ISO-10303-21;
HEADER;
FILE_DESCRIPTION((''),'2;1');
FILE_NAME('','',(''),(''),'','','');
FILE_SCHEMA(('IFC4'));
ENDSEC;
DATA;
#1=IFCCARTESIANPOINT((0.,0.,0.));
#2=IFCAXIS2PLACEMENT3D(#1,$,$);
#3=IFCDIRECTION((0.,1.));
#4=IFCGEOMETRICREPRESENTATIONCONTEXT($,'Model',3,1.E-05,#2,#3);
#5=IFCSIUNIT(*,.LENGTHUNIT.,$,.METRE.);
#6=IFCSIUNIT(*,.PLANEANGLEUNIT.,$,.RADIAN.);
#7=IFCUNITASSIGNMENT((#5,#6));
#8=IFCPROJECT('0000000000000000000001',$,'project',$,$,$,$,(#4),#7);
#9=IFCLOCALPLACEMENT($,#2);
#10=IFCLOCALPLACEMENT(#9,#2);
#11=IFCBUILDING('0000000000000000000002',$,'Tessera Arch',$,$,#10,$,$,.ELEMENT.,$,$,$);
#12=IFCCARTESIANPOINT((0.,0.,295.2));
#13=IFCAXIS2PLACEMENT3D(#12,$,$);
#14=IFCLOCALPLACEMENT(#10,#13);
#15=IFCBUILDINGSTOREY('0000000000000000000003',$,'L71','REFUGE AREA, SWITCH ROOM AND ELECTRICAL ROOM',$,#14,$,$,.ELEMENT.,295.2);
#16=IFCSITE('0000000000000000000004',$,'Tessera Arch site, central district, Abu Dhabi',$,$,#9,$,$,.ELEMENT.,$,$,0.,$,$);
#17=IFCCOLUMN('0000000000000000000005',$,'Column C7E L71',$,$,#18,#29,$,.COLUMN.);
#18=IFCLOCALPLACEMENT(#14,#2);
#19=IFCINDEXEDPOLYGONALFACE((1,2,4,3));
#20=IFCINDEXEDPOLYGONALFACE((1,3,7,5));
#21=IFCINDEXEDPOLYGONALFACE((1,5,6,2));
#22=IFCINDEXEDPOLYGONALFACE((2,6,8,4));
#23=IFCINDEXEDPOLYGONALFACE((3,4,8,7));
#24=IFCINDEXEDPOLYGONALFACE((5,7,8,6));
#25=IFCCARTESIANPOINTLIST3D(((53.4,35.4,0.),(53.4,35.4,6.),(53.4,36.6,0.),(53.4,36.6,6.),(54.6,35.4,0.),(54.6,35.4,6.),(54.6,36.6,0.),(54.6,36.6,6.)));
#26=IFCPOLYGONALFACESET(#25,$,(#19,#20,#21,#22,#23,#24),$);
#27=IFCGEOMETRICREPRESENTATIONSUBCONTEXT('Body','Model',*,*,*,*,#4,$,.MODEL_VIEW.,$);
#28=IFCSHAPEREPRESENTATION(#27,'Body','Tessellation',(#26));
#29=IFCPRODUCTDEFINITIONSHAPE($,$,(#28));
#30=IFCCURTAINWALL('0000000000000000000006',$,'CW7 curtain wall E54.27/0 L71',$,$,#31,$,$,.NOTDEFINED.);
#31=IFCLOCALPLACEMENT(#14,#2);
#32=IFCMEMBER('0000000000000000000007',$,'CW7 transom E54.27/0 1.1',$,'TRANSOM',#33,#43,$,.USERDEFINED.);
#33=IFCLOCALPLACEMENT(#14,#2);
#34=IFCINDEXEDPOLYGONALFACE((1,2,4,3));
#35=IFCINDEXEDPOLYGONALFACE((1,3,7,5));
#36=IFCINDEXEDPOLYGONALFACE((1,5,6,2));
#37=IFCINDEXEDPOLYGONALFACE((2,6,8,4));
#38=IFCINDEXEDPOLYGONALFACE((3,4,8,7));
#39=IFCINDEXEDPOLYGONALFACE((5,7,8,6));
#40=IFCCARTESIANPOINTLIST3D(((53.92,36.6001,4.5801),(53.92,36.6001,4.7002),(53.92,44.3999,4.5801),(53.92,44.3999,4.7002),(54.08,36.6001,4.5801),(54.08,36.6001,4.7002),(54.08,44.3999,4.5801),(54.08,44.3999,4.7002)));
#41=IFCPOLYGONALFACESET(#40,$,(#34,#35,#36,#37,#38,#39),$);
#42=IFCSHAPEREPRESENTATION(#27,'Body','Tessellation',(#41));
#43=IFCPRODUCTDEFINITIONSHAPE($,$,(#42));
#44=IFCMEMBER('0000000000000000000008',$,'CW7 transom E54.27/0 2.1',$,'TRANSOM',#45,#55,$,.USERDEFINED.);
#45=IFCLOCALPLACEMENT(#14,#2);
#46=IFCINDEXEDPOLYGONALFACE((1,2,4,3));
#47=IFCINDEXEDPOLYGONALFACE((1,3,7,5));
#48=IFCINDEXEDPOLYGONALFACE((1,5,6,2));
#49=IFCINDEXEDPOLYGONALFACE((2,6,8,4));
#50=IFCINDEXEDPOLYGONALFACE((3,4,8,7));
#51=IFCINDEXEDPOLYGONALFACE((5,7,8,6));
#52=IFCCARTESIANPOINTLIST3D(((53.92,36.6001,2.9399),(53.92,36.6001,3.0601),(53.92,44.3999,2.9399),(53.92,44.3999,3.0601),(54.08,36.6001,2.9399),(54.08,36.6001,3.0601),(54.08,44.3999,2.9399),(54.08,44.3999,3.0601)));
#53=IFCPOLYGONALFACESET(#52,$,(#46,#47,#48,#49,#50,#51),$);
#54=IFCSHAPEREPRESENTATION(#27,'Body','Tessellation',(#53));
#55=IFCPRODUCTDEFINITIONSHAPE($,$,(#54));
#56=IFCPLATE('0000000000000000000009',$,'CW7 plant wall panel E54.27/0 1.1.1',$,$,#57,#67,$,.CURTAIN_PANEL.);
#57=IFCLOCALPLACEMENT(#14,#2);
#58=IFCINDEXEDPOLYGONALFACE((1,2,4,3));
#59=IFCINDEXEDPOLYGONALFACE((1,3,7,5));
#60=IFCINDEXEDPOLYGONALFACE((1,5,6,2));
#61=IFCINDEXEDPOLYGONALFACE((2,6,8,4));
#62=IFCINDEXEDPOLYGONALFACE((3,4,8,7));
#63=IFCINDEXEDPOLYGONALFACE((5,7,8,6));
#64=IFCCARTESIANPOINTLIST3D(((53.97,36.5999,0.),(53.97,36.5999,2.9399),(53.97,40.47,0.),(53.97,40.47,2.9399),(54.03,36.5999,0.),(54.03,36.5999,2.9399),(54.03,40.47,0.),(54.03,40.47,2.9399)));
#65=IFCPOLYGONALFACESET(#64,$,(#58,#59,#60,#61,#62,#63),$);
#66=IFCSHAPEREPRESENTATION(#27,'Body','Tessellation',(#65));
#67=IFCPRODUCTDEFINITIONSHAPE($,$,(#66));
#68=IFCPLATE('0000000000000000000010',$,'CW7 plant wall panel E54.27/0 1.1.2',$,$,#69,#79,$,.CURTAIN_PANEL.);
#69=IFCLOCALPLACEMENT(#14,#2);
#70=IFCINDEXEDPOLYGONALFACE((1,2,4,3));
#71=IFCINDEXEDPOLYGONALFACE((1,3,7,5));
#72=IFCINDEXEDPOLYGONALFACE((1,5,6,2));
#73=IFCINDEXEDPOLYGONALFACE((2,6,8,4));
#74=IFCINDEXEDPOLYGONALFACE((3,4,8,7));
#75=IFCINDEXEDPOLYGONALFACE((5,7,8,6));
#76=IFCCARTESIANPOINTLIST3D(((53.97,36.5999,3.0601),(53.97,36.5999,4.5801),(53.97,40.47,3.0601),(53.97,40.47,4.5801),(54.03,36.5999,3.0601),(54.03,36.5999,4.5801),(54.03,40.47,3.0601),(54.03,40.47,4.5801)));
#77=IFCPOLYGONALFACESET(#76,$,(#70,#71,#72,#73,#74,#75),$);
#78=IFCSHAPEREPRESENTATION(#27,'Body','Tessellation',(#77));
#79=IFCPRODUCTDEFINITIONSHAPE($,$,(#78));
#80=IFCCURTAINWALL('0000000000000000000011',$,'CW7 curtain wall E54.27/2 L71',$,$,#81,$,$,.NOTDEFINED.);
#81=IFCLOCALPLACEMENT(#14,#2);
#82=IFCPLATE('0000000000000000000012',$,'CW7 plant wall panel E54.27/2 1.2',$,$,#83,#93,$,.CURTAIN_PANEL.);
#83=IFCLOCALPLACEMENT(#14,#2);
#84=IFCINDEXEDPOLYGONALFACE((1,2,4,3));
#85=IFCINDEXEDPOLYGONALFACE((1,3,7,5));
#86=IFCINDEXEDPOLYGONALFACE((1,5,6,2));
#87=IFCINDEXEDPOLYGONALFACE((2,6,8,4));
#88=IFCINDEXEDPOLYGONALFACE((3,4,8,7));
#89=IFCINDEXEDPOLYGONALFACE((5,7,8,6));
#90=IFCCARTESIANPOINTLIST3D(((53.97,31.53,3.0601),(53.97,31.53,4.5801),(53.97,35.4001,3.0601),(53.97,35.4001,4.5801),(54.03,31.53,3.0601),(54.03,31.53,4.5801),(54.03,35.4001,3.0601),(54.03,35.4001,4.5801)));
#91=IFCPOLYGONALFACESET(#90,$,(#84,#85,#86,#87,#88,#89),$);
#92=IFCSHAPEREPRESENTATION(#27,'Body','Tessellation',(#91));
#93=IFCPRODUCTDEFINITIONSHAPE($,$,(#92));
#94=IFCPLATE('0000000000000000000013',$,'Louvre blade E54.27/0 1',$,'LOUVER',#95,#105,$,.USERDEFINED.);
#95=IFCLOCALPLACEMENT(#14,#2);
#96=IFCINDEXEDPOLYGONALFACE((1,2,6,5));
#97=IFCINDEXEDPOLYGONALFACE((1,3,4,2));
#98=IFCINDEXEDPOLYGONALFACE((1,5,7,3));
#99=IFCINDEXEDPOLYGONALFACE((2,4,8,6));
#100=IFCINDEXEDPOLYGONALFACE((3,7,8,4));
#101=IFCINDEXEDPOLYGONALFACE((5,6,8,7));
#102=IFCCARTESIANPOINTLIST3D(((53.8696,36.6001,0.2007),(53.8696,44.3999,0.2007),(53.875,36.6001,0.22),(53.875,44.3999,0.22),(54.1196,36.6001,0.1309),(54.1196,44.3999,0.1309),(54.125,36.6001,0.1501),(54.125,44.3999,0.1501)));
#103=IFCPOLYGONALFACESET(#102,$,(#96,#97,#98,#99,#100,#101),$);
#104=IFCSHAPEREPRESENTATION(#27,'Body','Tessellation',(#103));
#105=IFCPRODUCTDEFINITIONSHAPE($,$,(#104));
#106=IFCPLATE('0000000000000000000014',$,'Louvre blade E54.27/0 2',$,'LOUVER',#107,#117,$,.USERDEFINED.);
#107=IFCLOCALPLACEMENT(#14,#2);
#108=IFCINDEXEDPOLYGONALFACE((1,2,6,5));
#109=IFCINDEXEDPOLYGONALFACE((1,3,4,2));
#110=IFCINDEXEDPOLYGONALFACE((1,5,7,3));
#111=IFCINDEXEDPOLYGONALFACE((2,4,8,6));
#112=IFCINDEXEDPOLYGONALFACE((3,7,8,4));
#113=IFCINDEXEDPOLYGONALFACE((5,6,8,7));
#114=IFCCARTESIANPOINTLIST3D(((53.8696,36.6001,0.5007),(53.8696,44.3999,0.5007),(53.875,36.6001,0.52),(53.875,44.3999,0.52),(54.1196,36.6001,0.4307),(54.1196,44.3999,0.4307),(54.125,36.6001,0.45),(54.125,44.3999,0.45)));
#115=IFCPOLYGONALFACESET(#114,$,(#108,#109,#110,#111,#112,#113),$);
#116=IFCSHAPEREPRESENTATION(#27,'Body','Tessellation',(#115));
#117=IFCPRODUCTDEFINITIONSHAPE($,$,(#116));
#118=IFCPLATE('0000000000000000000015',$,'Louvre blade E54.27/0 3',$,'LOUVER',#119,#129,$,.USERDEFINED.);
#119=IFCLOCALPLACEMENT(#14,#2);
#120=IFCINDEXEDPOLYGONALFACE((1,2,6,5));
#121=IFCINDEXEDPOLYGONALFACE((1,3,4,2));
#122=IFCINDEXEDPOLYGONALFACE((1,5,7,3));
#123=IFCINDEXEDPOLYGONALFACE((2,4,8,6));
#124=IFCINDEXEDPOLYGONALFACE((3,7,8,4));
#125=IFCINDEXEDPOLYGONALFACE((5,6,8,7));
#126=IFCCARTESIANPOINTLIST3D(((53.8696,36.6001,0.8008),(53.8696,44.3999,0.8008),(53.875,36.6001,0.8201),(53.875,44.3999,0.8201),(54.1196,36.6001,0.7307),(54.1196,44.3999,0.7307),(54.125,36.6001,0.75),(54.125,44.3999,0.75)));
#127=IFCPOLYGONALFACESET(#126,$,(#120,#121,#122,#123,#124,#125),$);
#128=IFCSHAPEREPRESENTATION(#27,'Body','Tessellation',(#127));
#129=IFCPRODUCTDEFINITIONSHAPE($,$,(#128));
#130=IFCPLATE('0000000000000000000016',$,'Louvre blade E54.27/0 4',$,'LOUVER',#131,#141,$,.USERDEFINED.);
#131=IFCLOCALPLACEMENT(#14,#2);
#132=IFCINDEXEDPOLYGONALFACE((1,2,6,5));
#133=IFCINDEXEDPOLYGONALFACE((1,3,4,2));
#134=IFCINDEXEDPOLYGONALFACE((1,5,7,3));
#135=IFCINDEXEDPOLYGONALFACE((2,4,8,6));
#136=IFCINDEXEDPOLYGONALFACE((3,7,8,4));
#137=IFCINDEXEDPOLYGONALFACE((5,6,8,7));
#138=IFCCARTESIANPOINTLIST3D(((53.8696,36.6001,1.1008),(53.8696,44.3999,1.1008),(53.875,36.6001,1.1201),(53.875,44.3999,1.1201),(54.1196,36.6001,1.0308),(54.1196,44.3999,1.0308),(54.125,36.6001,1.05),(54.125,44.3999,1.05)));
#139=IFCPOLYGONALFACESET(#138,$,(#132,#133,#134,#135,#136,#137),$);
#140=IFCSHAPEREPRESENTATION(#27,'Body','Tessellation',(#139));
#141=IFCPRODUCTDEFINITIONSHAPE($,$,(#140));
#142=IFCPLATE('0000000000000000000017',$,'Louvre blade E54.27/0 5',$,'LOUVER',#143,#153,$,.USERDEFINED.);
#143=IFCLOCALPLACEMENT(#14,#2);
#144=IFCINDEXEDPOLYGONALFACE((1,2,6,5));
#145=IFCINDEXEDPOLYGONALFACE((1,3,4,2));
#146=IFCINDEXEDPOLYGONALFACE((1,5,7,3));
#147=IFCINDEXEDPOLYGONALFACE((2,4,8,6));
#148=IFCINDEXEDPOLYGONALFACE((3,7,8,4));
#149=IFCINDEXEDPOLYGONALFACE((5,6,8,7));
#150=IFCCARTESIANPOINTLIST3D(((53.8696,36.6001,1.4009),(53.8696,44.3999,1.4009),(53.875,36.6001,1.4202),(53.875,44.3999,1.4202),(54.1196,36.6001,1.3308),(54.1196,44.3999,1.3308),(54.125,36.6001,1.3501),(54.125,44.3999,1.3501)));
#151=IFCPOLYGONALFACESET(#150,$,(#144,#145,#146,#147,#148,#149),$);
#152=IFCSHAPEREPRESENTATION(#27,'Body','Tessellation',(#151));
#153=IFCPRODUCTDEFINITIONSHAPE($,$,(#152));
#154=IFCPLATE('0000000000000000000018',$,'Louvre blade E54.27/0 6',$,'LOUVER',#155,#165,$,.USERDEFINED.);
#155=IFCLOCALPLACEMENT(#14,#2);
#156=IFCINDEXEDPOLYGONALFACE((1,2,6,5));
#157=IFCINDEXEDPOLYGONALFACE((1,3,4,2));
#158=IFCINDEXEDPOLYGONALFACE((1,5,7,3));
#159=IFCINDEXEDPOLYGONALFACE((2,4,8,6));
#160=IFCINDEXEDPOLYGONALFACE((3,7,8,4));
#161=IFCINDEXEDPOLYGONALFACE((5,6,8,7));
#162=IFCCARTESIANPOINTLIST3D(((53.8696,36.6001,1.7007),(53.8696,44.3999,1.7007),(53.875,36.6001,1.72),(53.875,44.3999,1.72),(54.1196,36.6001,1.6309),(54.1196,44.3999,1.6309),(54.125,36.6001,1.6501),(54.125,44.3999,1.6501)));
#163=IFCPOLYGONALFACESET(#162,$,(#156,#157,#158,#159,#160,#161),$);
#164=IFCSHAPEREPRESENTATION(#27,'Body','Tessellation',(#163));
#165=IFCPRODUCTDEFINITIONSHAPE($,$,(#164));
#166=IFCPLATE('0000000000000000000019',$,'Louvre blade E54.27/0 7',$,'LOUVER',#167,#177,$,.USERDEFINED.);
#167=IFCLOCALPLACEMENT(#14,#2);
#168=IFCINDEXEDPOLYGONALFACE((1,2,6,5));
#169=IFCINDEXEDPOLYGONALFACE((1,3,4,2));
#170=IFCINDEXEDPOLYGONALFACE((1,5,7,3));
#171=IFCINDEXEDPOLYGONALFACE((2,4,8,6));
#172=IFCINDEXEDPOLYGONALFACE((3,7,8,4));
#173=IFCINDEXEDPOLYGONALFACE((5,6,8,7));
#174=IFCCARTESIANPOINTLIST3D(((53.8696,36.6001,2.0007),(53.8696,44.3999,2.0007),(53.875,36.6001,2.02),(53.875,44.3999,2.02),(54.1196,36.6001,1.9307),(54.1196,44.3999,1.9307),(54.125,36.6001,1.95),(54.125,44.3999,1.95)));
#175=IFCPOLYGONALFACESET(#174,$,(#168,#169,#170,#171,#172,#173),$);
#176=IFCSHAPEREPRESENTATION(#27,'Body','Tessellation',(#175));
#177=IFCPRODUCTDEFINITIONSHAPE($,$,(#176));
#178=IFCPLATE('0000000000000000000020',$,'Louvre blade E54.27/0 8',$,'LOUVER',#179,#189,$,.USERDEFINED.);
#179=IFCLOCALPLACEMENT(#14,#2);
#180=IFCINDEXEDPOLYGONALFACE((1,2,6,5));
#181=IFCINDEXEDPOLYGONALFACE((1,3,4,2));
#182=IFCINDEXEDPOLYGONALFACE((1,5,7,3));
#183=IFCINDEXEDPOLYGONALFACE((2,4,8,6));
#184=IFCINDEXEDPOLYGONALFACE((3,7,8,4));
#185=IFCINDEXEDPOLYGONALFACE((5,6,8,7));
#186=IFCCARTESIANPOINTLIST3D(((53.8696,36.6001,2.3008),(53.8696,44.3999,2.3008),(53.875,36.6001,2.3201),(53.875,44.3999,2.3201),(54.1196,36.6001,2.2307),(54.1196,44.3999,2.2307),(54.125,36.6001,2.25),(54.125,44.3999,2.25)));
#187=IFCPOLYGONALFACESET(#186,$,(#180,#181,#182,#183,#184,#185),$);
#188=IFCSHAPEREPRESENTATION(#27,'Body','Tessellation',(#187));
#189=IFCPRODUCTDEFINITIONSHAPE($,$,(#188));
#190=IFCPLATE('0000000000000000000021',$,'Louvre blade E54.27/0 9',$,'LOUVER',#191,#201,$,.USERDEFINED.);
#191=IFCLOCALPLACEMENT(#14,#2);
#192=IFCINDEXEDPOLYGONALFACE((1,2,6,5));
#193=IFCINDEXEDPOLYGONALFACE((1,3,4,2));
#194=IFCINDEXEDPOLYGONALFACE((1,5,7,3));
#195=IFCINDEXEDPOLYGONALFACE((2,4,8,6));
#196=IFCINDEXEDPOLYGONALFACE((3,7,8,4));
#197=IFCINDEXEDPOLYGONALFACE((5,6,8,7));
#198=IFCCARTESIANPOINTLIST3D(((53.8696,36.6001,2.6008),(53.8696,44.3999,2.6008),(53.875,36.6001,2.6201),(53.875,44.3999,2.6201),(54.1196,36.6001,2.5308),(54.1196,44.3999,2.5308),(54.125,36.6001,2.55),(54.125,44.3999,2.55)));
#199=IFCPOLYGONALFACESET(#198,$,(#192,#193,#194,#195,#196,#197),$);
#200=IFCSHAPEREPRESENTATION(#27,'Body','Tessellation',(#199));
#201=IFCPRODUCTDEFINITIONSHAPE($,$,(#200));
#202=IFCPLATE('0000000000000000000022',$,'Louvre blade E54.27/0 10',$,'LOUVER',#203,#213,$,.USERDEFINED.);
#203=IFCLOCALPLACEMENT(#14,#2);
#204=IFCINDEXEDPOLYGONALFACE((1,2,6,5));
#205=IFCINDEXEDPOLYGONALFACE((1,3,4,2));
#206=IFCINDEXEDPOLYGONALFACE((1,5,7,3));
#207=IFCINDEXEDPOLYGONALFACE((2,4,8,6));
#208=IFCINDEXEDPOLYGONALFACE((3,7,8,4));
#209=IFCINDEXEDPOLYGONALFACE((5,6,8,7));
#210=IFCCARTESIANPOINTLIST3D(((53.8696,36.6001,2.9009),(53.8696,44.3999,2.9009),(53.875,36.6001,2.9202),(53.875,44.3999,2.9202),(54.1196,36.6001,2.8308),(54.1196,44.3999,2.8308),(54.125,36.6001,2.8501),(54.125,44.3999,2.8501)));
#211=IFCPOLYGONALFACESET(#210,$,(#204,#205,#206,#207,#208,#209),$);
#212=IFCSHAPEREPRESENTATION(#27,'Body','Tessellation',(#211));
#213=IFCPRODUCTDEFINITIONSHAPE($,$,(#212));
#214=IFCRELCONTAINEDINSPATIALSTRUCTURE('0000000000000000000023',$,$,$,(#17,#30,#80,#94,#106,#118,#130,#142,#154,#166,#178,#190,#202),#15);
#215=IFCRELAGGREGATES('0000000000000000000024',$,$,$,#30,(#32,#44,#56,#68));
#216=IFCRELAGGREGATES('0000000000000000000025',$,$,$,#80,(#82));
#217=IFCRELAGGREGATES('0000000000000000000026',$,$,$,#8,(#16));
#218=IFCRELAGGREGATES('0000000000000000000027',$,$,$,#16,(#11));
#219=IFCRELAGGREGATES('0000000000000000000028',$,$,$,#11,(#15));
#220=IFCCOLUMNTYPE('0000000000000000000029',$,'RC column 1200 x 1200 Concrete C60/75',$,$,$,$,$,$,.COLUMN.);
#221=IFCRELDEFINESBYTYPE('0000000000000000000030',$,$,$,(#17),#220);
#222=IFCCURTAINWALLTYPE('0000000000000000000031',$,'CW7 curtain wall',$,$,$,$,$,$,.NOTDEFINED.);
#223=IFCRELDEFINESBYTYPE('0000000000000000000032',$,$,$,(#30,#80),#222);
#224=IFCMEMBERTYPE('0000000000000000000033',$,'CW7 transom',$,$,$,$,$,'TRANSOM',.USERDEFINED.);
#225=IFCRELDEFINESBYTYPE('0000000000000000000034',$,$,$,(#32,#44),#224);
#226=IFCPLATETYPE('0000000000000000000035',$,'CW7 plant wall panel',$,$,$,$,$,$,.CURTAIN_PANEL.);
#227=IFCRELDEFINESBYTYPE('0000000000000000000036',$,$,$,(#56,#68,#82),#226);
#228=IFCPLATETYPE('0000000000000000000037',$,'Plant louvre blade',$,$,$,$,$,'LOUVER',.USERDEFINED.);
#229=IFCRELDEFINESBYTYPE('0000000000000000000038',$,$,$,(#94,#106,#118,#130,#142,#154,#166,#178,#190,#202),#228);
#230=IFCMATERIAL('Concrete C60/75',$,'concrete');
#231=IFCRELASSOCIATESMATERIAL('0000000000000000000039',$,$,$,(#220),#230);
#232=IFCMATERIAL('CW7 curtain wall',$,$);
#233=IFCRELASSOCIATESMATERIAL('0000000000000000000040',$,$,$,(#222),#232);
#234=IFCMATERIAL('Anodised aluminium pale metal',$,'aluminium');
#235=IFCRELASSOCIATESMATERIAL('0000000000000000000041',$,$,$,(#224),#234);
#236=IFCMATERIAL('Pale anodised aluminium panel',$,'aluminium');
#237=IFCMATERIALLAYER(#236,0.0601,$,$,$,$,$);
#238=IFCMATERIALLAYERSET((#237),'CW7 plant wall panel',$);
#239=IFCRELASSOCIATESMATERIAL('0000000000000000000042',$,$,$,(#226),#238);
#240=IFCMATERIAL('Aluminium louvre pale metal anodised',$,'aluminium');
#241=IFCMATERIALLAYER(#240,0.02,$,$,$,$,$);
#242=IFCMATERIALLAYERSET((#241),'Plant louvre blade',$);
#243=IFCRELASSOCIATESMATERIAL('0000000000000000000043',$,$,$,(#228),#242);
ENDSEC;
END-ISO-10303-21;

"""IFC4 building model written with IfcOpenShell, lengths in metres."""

from ifc_helpers import new_model, si_unit, direction, frame, origin, origin_2d, place, context, subcontext, project, spatial, polyline, rectangle, outline, extrude, material, layer, layer_set, material_profile, profile_set, type_object, element, aggregate, save


model = new_model("IFC4")

# Units and contexts
model_context = context("Model", 3, precision=1e-05, world=origin(), true_north=direction((0.0, 1.0)))
body_context = subcontext(model_context, "Body", "Model", "MODEL_VIEW")
ifc_project = project(units=[si_unit("LENGTHUNIT", "METRE"), si_unit("PLANEANGLEUNIT", "RADIAN")], contexts=[model_context])

# Site, building, storey
site_placement = place(None, origin())
site = spatial("IfcSite", under=ifc_project, at=site_placement, Name="Tessera Arch site, central district, Abu Dhabi", CompositionType="ELEMENT", RefElevation=0.0)
building_placement = place(site_placement, origin())
building = spatial("IfcBuilding", under=site, at=building_placement, Name="Tessera Arch", CompositionType="ELEMENT")
storey_placement = place(building_placement, frame((0.0, 0.0, 295.2)))
storey = spatial("IfcBuildingStorey", under=building, at=storey_placement, Name="L71", Description="REFUGE AREA, SWITCH ROOM AND ELECTRICAL ROOM", CompositionType="ELEMENT", Elevation=295.2)

# Column
ifc_material_1 = material(Name="Concrete C60/75", Category="concrete")
ifc_material_profile_1 = material_profile(ifc_material_1, rectangle(XDim=1.2, YDim=1.2, at=origin_2d()), Name="RC column 1200 x 1200 Concrete C60/75")
ifc_profile_set_1 = profile_set([ifc_material_profile_1], Name="Concrete C60/75")
column_type = type_object("IfcColumnType", Name="RC column 1200 x 1200 Concrete C60/75", PredefinedType="COLUMN", material=ifc_profile_set_1)
column_placement = place(storey_placement, frame((54.0, 36.0, 0.0), z_axis=(0.0, 0.0, 1.0), x_axis=(1.0, 0.0, 0.0)))
element("IfcColumn", 1, at=column_placement, inside=storey, type_object=column_type, Name="Column C7E L71", PredefinedType="COLUMN", context=body_context, shape_type="SweptSolid", body=[
    extrude(rectangle(XDim=1.2, YDim=1.2, at=origin_2d()), origin(), (0.0, 0.0, 1.0), 6.0),
])

# Curtain wall, members, plates
ifc_material_2 = material(Name="CW7 curtain wall")
curtain_wall_type = type_object("IfcCurtainWallType", Name="CW7 curtain wall", PredefinedType="NOTDEFINED", material=ifc_material_2)
curtain_wall_1_placement = place(storey_placement, origin())
curtain_wall_1 = element("IfcCurtainWall", 2, at=curtain_wall_1_placement, inside=storey, type_object=curtain_wall_type, Name="CW7 curtain wall E54.27/0 L71", PredefinedType="NOTDEFINED")
ifc_material_3 = material(Name="Anodised aluminium pale metal", Category="aluminium")
ifc_material_profile_2 = material_profile(ifc_material_3, rectangle(XDim=0.1599, YDim=0.1201, at=origin_2d()), Name="AL 160x120")
ifc_profile_set_2 = profile_set([ifc_material_profile_2], Name="Anodised aluminium pale metal")
member_type = type_object("IfcMemberType", Name="CW7 transom", ElementType="TRANSOM", PredefinedType="USERDEFINED", material=ifc_profile_set_2)
member_1_placement = place(storey_placement, frame((54.0, 36.6001, 4.6401), z_axis=(0.0, 1.0, 0.0), x_axis=(-1.0, 0.0, 0.0)))
member_1 = element("IfcMember", 3, at=member_1_placement, type_object=member_type, Name="CW7 transom E54.27/0 1.1", ObjectType="TRANSOM", PredefinedType="USERDEFINED", context=body_context, shape_type="SweptSolid", body=[
    extrude(rectangle(XDim=0.1599, YDim=0.1201, at=origin_2d()), origin(), (0.0, 0.0, 1.0), 7.7998),
])
member_2_placement = place(storey_placement, frame((54.0, 36.6001, 3.0), z_axis=(0.0, 1.0, 0.0), x_axis=(-1.0, 0.0, 0.0)))
member_2 = element("IfcMember", 4, at=member_2_placement, type_object=member_type, Name="CW7 transom E54.27/0 2.1", ObjectType="TRANSOM", PredefinedType="USERDEFINED", context=body_context, shape_type="SweptSolid", body=[
    extrude(rectangle(XDim=0.1599, YDim=0.1201, at=origin_2d()), origin(), (0.0, 0.0, 1.0), 7.7998),
])
ifc_material_4 = material(Name="Pale anodised aluminium panel", Category="aluminium")
ifc_layer_1 = layer(ifc_material_4, 0.0601)
ifc_layer_set_1 = layer_set([ifc_layer_1], Name="CW7 plant wall panel")
plate_type_1 = type_object("IfcPlateType", Name="CW7 plant wall panel", PredefinedType="CURTAIN_PANEL", material=ifc_layer_set_1)
plate_1_placement = place(storey_placement, frame((54.0, 38.5349, 0.0), z_axis=(0.0, 0.0, 1.0), x_axis=(0.0, 1.0, 0.0)))
plate_1 = element("IfcPlate", 5, at=plate_1_placement, type_object=plate_type_1, Name="CW7 plant wall panel E54.27/0 1.1.1", PredefinedType="CURTAIN_PANEL", context=body_context, shape_type="SweptSolid", body=[
    extrude(rectangle(XDim=3.8701, YDim=0.0601, at=origin_2d()), origin(), (0.0, 0.0, 1.0), 2.9399),
])
plate_2_placement = place(storey_placement, frame((54.0, 38.5349, 3.0601), z_axis=(0.0, 0.0, 1.0), x_axis=(0.0, 1.0, 0.0)))
plate_2 = element("IfcPlate", 6, at=plate_2_placement, type_object=plate_type_1, Name="CW7 plant wall panel E54.27/0 1.1.2", PredefinedType="CURTAIN_PANEL", context=body_context, shape_type="SweptSolid", body=[
    extrude(rectangle(XDim=3.8701, YDim=0.0601, at=origin_2d()), origin(), (0.0, 0.0, 1.0), 1.52),
])
aggregate(curtain_wall_1, [member_1, member_2, plate_1, plate_2])

# Curtain wall, plate
curtain_wall_2_placement = place(storey_placement, origin())
curtain_wall_2 = element("IfcCurtainWall", 7, at=curtain_wall_2_placement, inside=storey, type_object=curtain_wall_type, Name="CW7 curtain wall E54.27/2 L71", PredefinedType="NOTDEFINED")
plate_3_placement = place(storey_placement, frame((54.0, 33.4651, 3.0601), z_axis=(0.0, 0.0, 1.0), x_axis=(0.0, 1.0, 0.0)))
plate_3 = element("IfcPlate", 8, at=plate_3_placement, type_object=plate_type_1, Name="CW7 plant wall panel E54.27/2 1.2", PredefinedType="CURTAIN_PANEL", context=body_context, shape_type="SweptSolid", body=[
    extrude(rectangle(XDim=3.8701, YDim=0.0601, at=origin_2d()), origin(), (0.0, 0.0, 1.0), 1.52),
])
aggregate(curtain_wall_2, [plate_3])

# Plates
ifc_material_5 = material(Name="Aluminium louvre pale metal anodised", Category="aluminium")
ifc_layer_2 = layer(ifc_material_5, 0.02)
ifc_layer_set_2 = layer_set([ifc_layer_2], Name="Plant louvre blade")
plate_type_2 = type_object("IfcPlateType", Name="Plant louvre blade", ElementType="LOUVER", PredefinedType="USERDEFINED", material=ifc_layer_set_2)
plate_4_placement = place(storey_placement, frame((54.125, 36.6001, 0.1501), z_axis=(0.269002, 0.0, 0.96314), x_axis=(0.0, 1.0, 0.0)))
element("IfcPlate", 9, at=plate_4_placement, inside=storey, type_object=plate_type_2, Name="Louvre blade E54.27/0 1", ObjectType="LOUVER", PredefinedType="USERDEFINED", context=body_context, shape_type="SweptSolid", body=[
    extrude(outline(polyline([(0.0, 0.0), (7.7998, 0.0), (7.7998, 0.2596), (0.0, 0.2596), (0.0, 0.0)])), origin(), (0.0, 0.0, -1.0), 0.02),
])
for number, where, z_axis, x_axis, name in (
    (10, (54.125, 36.6001, 0.45), (0.269874, 0.0, 0.962896), (0.0, 1.0, 0.0), "Louvre blade E54.27/0 2"),
    (11, (54.125, 36.6001, 0.75), (0.269874, 0.0, 0.962896), (0.0, 1.0, 0.0), "Louvre blade E54.27/0 3"),
    (12, (54.125, 36.6001, 1.05), (0.269874, 0.0, 0.962896), (0.0, 1.0, 0.0), "Louvre blade E54.27/0 4"),
    (13, (54.125, 36.6001, 1.3501), (0.269874, 0.0, 0.962896), (0.0, 1.0, 0.0), "Louvre blade E54.27/0 5"),
):
    element("IfcPlate", number, at=place(storey_placement, frame(where, z_axis=z_axis, x_axis=x_axis)), inside=storey, type_object=plate_type_2, Name=name, ObjectType="LOUVER", PredefinedType="USERDEFINED", context=body_context, shape_type="SweptSolid", body=[
        extrude(outline(polyline([(0.0, 0.0), (7.7998, 0.0), (7.7998, 0.2596), (0.0, 0.2596), (0.0, 0.0)])), origin(), (0.0, 0.0, -1.0), 0.02),
    ])
plate_5_placement = place(storey_placement, frame((54.125, 36.6001, 1.6501), z_axis=(0.269002, 0.0, 0.96314), x_axis=(0.0, 1.0, 0.0)))
element("IfcPlate", 14, at=plate_5_placement, inside=storey, type_object=plate_type_2, Name="Louvre blade E54.27/0 6", ObjectType="LOUVER", PredefinedType="USERDEFINED", context=body_context, shape_type="SweptSolid", body=[
    extrude(outline(polyline([(0.0, 0.0), (7.7998, 0.0), (7.7998, 0.2596), (0.0, 0.2596), (0.0, 0.0)])), origin(), (0.0, 0.0, -1.0), 0.02),
])
for number, where, z_axis, x_axis, name in (
    (15, (54.125, 36.6001, 1.95), (0.269874, 0.0, 0.962896), (0.0, 1.0, 0.0), "Louvre blade E54.27/0 7"),
    (16, (54.125, 36.6001, 2.25), (0.269874, 0.0, 0.962896), (0.0, 1.0, 0.0), "Louvre blade E54.27/0 8"),
    (17, (54.125, 36.6001, 2.55), (0.269874, 0.0, 0.962896), (0.0, 1.0, 0.0), "Louvre blade E54.27/0 9"),
    (18, (54.125, 36.6001, 2.8501), (0.269874, 0.0, 0.962896), (0.0, 1.0, 0.0), "Louvre blade E54.27/0 10"),
):
    element("IfcPlate", number, at=place(storey_placement, frame(where, z_axis=z_axis, x_axis=x_axis)), inside=storey, type_object=plate_type_2, Name=name, ObjectType="LOUVER", PredefinedType="USERDEFINED", context=body_context, shape_type="SweptSolid", body=[
        extrude(outline(polyline([(0.0, 0.0), (7.7998, 0.0), (7.7998, 0.2596), (0.0, 0.2596), (0.0, 0.0)])), origin(), (0.0, 0.0, -1.0), 0.02),
    ])

save(model, "model.ifc")
